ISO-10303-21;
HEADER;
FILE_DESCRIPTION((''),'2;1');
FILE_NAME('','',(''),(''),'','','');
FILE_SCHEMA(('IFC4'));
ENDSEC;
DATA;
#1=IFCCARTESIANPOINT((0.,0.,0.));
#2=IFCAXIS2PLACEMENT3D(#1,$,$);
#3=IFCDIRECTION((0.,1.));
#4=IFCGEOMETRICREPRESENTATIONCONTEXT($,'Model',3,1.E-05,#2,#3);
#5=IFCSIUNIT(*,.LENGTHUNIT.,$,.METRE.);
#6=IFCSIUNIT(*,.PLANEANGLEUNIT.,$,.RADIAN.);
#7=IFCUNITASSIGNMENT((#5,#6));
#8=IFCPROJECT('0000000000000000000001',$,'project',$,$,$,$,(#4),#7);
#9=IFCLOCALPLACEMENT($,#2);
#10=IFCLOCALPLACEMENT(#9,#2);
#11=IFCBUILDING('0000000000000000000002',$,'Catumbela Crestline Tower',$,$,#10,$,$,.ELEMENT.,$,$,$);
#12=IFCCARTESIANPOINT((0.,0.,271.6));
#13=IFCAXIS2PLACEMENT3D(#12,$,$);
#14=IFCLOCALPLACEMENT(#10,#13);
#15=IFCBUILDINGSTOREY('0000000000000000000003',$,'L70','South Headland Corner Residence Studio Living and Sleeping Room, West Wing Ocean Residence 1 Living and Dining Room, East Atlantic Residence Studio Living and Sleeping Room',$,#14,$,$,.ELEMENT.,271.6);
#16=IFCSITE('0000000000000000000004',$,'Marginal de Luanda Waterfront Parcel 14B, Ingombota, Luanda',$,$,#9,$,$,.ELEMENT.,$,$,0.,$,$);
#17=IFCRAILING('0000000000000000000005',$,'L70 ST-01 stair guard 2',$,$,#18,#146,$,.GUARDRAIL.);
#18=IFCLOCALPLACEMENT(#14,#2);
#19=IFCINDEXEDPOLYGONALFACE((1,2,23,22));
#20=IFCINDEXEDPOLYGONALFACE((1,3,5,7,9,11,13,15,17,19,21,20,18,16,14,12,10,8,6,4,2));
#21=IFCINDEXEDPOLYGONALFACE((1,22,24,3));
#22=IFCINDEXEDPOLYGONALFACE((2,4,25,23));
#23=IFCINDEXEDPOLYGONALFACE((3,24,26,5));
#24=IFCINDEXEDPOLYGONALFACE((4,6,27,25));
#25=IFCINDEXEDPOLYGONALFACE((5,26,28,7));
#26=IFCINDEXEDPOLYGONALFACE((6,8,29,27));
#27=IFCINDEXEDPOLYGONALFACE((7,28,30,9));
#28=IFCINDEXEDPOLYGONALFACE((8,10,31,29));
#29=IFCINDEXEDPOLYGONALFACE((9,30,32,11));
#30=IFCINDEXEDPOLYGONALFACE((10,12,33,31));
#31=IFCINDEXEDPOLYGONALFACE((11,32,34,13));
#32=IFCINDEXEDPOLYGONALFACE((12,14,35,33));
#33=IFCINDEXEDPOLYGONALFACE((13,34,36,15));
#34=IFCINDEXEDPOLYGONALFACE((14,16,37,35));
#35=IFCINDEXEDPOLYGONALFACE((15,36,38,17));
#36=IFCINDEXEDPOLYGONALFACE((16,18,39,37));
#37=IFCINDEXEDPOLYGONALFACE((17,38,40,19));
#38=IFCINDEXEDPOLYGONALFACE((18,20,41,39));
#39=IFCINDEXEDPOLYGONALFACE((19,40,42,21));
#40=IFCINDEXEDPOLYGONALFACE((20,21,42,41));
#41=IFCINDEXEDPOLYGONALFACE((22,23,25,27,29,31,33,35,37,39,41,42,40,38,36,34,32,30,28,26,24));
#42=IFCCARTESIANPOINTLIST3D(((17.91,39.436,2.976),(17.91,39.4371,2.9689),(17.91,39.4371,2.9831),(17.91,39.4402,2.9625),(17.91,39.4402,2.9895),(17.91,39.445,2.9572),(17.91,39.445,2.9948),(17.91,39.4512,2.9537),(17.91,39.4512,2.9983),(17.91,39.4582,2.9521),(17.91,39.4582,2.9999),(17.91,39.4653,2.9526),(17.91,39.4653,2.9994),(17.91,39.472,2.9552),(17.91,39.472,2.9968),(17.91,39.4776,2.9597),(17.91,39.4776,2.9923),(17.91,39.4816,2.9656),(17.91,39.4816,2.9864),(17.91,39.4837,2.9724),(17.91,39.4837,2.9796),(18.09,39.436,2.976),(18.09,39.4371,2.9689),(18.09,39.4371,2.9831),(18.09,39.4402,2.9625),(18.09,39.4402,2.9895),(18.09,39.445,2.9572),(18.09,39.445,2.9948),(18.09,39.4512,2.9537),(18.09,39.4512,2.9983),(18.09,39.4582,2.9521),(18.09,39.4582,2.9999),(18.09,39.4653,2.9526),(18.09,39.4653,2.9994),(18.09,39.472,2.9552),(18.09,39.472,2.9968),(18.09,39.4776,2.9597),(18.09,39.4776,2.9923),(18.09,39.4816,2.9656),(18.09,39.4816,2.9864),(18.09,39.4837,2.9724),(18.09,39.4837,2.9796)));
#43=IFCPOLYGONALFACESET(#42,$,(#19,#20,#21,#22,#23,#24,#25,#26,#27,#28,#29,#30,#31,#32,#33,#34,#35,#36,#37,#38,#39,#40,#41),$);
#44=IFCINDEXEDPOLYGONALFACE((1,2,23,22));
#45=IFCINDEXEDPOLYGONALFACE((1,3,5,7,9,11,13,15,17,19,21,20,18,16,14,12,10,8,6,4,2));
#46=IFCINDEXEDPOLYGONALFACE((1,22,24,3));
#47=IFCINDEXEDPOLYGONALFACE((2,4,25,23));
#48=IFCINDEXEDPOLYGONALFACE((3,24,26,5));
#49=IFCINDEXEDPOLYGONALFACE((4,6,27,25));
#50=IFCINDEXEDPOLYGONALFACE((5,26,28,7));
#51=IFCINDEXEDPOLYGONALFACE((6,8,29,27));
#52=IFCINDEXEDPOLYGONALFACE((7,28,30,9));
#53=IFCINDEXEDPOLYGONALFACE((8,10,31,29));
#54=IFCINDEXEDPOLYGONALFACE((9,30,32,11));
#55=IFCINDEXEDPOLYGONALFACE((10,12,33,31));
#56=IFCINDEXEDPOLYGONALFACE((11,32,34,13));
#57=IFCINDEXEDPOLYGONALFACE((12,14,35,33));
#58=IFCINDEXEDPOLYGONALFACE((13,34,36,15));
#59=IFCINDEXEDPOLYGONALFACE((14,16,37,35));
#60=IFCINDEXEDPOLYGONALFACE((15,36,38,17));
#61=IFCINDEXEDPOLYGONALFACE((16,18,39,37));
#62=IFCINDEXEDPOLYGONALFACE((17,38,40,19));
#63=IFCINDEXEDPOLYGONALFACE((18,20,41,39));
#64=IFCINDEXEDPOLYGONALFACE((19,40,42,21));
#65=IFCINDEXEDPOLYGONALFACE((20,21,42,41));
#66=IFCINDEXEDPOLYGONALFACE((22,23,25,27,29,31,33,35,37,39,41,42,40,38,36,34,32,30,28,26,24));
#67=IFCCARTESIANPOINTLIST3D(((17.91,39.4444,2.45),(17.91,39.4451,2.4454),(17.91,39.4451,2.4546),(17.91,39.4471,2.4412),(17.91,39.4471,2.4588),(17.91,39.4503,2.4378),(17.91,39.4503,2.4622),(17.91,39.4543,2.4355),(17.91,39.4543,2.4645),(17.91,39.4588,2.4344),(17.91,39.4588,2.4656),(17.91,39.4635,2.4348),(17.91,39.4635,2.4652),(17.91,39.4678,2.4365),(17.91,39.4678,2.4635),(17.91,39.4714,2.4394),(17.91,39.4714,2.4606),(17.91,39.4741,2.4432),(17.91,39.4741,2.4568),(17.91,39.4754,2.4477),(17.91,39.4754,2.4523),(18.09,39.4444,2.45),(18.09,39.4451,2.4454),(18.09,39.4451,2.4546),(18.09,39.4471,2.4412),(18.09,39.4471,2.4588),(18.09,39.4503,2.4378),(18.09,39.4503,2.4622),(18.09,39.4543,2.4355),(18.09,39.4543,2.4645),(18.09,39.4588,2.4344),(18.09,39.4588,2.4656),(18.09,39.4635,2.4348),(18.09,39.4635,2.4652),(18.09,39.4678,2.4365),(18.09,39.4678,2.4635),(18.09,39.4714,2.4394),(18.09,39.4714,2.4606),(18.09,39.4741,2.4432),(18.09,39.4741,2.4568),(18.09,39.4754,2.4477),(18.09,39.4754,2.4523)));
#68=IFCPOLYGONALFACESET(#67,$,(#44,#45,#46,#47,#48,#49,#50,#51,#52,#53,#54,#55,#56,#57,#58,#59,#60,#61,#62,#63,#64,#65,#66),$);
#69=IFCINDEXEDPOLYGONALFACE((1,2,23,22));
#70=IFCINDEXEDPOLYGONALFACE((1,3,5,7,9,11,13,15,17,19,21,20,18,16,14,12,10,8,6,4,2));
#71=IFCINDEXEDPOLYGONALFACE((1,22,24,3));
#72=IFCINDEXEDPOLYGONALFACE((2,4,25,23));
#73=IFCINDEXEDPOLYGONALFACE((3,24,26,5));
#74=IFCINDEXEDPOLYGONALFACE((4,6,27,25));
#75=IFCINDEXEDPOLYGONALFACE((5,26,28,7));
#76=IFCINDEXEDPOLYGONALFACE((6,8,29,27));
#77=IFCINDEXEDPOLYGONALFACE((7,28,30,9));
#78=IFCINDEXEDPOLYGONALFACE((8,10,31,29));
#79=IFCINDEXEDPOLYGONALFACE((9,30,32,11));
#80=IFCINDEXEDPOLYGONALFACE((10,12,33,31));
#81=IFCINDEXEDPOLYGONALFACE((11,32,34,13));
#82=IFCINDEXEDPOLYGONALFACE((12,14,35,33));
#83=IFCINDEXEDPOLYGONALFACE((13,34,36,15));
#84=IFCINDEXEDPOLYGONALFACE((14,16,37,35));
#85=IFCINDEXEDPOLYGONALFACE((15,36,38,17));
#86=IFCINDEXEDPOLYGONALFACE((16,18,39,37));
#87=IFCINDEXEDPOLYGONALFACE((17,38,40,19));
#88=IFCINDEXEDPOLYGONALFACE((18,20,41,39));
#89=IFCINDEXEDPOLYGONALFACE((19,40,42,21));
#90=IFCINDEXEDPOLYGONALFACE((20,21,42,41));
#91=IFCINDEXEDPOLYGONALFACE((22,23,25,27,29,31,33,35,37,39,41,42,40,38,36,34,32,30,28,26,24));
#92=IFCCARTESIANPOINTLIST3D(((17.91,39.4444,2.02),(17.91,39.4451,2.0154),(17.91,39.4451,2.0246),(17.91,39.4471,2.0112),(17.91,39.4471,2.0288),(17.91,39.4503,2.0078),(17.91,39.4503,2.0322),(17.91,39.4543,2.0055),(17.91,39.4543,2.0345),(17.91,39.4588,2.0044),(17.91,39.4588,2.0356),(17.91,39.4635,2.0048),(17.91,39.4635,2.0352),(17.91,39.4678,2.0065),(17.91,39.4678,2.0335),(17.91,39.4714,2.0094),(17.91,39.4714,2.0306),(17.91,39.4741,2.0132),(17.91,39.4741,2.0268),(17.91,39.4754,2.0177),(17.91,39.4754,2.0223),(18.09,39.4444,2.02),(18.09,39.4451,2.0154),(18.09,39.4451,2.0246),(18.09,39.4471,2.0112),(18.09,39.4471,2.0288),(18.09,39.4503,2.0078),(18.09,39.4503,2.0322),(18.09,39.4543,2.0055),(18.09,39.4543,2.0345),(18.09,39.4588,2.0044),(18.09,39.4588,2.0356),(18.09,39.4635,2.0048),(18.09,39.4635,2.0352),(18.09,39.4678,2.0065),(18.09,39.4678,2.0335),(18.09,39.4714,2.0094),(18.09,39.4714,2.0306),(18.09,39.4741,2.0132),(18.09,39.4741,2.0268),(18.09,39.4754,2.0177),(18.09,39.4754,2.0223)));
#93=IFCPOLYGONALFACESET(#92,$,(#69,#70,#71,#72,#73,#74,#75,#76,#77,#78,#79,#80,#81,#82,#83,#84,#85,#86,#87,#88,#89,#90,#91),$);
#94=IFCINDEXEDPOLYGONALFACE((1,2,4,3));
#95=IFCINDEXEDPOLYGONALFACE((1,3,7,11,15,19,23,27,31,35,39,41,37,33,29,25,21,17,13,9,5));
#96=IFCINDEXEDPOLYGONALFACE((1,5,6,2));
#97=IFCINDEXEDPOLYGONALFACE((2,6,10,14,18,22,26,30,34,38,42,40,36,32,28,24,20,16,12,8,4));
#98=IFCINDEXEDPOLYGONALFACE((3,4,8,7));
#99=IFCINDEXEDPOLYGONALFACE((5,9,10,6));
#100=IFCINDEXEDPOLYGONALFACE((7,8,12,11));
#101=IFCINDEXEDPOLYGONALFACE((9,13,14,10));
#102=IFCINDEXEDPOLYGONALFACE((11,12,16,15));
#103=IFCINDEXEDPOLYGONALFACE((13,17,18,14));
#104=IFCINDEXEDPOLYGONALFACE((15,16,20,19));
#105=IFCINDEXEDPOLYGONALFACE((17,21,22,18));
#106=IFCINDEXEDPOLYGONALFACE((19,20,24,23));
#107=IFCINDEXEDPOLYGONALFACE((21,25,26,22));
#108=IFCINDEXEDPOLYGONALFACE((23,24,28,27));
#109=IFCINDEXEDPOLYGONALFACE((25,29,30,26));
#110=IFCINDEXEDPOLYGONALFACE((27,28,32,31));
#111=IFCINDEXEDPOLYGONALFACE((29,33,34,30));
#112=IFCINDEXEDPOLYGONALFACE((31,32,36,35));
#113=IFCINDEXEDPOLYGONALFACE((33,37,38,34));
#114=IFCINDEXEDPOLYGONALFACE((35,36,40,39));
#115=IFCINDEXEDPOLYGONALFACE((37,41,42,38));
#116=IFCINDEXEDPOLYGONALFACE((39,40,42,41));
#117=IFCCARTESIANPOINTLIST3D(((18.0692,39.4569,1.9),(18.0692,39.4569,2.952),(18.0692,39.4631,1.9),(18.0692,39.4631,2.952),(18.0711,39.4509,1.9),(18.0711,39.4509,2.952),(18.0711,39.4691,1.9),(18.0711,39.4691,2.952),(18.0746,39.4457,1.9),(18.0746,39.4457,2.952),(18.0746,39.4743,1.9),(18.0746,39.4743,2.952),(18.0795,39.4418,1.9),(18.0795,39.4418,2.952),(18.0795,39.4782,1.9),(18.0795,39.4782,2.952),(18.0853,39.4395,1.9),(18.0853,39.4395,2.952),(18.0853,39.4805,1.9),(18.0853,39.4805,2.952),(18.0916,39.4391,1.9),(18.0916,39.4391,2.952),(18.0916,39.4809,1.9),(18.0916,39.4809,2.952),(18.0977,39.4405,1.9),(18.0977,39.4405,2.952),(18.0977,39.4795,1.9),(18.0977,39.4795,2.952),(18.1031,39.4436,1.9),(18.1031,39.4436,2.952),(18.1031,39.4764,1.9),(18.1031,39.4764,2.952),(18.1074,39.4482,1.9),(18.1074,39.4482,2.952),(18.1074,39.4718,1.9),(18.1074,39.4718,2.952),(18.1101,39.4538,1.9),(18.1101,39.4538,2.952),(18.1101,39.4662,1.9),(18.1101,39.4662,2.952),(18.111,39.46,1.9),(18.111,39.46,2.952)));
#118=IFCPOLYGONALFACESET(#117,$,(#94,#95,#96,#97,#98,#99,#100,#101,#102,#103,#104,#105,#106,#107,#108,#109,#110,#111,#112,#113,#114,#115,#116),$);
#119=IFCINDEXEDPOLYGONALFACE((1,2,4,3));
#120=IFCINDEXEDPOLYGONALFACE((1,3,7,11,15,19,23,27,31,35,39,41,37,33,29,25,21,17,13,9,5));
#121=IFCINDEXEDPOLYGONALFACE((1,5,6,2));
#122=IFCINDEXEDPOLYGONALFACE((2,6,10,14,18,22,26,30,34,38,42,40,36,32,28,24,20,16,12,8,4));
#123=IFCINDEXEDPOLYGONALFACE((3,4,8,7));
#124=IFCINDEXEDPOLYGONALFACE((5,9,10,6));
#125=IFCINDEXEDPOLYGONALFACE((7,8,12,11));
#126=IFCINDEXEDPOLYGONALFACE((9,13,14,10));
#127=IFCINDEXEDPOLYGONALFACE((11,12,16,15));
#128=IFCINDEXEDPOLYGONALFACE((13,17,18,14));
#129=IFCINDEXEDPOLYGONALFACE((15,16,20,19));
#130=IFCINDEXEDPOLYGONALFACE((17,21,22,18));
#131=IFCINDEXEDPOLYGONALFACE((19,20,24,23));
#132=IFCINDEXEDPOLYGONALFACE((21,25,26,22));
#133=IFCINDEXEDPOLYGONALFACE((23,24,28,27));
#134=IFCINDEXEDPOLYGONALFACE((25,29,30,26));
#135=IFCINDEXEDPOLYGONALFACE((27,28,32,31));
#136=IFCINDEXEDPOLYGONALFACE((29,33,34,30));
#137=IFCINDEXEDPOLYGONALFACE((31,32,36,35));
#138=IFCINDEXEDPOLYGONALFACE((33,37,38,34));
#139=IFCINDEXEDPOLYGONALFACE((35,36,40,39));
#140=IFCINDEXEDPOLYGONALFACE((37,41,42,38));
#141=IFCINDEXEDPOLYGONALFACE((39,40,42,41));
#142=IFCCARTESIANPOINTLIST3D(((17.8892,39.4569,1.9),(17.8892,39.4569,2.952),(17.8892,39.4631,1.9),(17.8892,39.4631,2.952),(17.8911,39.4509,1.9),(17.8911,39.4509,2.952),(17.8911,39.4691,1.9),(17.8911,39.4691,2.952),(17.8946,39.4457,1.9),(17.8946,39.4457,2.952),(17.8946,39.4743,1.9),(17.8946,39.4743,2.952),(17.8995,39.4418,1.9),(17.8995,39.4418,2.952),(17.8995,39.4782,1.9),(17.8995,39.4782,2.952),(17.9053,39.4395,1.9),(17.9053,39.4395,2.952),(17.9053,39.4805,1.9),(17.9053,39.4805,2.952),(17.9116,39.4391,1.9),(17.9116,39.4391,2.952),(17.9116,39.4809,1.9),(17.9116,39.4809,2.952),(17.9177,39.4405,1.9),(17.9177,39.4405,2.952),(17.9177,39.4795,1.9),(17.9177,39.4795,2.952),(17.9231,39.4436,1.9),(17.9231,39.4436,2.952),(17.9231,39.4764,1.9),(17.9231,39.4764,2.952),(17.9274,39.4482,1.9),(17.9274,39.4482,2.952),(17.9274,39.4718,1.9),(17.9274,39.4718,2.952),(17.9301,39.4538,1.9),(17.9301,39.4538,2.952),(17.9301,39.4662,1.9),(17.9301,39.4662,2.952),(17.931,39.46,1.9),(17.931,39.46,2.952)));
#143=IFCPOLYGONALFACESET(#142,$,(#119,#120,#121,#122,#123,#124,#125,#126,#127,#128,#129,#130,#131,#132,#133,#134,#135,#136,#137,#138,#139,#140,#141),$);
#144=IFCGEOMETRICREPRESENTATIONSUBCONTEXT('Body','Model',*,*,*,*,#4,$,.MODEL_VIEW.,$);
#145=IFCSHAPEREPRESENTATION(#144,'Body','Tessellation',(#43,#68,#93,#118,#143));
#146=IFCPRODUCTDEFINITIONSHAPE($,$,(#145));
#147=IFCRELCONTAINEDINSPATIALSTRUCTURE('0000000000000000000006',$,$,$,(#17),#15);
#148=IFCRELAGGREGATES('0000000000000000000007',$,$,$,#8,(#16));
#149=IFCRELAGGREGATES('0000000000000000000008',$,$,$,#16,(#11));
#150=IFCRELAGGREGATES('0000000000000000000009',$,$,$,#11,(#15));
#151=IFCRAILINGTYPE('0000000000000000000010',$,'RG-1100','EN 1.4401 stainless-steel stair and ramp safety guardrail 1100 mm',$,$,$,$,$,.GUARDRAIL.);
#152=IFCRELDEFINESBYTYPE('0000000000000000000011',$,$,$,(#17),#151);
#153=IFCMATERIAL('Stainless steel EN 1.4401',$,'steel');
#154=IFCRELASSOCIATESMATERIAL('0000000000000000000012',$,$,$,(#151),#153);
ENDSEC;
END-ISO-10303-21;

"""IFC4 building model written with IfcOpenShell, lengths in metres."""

from ifc_helpers import new_model, si_unit, direction, frame, origin, origin_2d, place, context, subcontext, project, spatial, circle, extrude, material, type_object, element, save


model = new_model("IFC4")

# Units and contexts
model_context = context("Model", 3, precision=1e-05, world=origin(), true_north=direction((0.0, 1.0)))
body_context = subcontext(model_context, "Body", "Model", "MODEL_VIEW")
ifc_project = project(units=[si_unit("LENGTHUNIT", "METRE"), si_unit("PLANEANGLEUNIT", "RADIAN")], contexts=[model_context])

# Site, building, storey
site_placement = place(None, origin())
site = spatial("IfcSite", under=ifc_project, at=site_placement, Name="Marginal de Luanda Waterfront Parcel 14B, Ingombota, Luanda", CompositionType="ELEMENT", RefElevation=0.0)
building_placement = place(site_placement, origin())
building = spatial("IfcBuilding", under=site, at=building_placement, Name="Catumbela Crestline Tower", CompositionType="ELEMENT")
storey_placement = place(building_placement, frame((0.0, 0.0, 271.6)))
storey = spatial("IfcBuildingStorey", under=building, at=storey_placement, Name="L70", Description="South Headland Corner Residence Studio Living and Sleeping Room, West Wing Ocean Residence 1 Living and Dining Room, East Atlantic Residence Studio Living and Sleeping Room", CompositionType="ELEMENT", Elevation=271.6)

# Shared definitions
ifc_material_1 = material(Name="Stainless steel EN 1.4401", Category="steel")

# Railing
railing_type_1 = type_object("IfcRailingType", Name="RG-1100", Description="EN 1.4401 stainless-steel stair and ramp safety guardrail 1100 mm", PredefinedType="GUARDRAIL", material=ifc_material_1)
railing_1_placement = place(storey_placement, frame((18.09, 39.46, 1.9)))
element("IfcRailing", 1, at=railing_1_placement, inside=storey, type_object=railing_type_1, Name="L70 ST-01 stair guard 2", PredefinedType="GUARDRAIL", context=body_context, shape_type="SweptSolid", body=[
    extrude(circle(Radius=0.024, at=origin_2d()), frame((0.0, 0.0, 1.076), z_axis=(-1.0, 0.0, 0.0), x_axis=(0.0, -1.0, 0.0)), (0.0, 0.0, 1.0), 0.18),
    extrude(circle(Radius=0.0156, at=origin_2d()), frame((0.0, 0.0, 0.55), z_axis=(-1.0, 0.0, 0.0), x_axis=(0.0, -1.0, 0.0)), (0.0, 0.0, 1.0), 0.18),
    extrude(circle(Radius=0.0156, at=origin_2d()), frame((0.0, 0.0, 0.12), z_axis=(-1.0, 0.0, 0.0), x_axis=(0.0, -1.0, 0.0)), (0.0, 0.0, 1.0), 0.18),
    extrude(circle(Radius=0.021, at=origin_2d()), origin(), (0.0, 0.0, 1.0), 1.052),
    extrude(circle(Radius=0.021, at=origin_2d()), frame((-0.18, 0.0, 0.0)), (0.0, 0.0, 1.0), 1.052),
])

save(model, "model.ifc")
